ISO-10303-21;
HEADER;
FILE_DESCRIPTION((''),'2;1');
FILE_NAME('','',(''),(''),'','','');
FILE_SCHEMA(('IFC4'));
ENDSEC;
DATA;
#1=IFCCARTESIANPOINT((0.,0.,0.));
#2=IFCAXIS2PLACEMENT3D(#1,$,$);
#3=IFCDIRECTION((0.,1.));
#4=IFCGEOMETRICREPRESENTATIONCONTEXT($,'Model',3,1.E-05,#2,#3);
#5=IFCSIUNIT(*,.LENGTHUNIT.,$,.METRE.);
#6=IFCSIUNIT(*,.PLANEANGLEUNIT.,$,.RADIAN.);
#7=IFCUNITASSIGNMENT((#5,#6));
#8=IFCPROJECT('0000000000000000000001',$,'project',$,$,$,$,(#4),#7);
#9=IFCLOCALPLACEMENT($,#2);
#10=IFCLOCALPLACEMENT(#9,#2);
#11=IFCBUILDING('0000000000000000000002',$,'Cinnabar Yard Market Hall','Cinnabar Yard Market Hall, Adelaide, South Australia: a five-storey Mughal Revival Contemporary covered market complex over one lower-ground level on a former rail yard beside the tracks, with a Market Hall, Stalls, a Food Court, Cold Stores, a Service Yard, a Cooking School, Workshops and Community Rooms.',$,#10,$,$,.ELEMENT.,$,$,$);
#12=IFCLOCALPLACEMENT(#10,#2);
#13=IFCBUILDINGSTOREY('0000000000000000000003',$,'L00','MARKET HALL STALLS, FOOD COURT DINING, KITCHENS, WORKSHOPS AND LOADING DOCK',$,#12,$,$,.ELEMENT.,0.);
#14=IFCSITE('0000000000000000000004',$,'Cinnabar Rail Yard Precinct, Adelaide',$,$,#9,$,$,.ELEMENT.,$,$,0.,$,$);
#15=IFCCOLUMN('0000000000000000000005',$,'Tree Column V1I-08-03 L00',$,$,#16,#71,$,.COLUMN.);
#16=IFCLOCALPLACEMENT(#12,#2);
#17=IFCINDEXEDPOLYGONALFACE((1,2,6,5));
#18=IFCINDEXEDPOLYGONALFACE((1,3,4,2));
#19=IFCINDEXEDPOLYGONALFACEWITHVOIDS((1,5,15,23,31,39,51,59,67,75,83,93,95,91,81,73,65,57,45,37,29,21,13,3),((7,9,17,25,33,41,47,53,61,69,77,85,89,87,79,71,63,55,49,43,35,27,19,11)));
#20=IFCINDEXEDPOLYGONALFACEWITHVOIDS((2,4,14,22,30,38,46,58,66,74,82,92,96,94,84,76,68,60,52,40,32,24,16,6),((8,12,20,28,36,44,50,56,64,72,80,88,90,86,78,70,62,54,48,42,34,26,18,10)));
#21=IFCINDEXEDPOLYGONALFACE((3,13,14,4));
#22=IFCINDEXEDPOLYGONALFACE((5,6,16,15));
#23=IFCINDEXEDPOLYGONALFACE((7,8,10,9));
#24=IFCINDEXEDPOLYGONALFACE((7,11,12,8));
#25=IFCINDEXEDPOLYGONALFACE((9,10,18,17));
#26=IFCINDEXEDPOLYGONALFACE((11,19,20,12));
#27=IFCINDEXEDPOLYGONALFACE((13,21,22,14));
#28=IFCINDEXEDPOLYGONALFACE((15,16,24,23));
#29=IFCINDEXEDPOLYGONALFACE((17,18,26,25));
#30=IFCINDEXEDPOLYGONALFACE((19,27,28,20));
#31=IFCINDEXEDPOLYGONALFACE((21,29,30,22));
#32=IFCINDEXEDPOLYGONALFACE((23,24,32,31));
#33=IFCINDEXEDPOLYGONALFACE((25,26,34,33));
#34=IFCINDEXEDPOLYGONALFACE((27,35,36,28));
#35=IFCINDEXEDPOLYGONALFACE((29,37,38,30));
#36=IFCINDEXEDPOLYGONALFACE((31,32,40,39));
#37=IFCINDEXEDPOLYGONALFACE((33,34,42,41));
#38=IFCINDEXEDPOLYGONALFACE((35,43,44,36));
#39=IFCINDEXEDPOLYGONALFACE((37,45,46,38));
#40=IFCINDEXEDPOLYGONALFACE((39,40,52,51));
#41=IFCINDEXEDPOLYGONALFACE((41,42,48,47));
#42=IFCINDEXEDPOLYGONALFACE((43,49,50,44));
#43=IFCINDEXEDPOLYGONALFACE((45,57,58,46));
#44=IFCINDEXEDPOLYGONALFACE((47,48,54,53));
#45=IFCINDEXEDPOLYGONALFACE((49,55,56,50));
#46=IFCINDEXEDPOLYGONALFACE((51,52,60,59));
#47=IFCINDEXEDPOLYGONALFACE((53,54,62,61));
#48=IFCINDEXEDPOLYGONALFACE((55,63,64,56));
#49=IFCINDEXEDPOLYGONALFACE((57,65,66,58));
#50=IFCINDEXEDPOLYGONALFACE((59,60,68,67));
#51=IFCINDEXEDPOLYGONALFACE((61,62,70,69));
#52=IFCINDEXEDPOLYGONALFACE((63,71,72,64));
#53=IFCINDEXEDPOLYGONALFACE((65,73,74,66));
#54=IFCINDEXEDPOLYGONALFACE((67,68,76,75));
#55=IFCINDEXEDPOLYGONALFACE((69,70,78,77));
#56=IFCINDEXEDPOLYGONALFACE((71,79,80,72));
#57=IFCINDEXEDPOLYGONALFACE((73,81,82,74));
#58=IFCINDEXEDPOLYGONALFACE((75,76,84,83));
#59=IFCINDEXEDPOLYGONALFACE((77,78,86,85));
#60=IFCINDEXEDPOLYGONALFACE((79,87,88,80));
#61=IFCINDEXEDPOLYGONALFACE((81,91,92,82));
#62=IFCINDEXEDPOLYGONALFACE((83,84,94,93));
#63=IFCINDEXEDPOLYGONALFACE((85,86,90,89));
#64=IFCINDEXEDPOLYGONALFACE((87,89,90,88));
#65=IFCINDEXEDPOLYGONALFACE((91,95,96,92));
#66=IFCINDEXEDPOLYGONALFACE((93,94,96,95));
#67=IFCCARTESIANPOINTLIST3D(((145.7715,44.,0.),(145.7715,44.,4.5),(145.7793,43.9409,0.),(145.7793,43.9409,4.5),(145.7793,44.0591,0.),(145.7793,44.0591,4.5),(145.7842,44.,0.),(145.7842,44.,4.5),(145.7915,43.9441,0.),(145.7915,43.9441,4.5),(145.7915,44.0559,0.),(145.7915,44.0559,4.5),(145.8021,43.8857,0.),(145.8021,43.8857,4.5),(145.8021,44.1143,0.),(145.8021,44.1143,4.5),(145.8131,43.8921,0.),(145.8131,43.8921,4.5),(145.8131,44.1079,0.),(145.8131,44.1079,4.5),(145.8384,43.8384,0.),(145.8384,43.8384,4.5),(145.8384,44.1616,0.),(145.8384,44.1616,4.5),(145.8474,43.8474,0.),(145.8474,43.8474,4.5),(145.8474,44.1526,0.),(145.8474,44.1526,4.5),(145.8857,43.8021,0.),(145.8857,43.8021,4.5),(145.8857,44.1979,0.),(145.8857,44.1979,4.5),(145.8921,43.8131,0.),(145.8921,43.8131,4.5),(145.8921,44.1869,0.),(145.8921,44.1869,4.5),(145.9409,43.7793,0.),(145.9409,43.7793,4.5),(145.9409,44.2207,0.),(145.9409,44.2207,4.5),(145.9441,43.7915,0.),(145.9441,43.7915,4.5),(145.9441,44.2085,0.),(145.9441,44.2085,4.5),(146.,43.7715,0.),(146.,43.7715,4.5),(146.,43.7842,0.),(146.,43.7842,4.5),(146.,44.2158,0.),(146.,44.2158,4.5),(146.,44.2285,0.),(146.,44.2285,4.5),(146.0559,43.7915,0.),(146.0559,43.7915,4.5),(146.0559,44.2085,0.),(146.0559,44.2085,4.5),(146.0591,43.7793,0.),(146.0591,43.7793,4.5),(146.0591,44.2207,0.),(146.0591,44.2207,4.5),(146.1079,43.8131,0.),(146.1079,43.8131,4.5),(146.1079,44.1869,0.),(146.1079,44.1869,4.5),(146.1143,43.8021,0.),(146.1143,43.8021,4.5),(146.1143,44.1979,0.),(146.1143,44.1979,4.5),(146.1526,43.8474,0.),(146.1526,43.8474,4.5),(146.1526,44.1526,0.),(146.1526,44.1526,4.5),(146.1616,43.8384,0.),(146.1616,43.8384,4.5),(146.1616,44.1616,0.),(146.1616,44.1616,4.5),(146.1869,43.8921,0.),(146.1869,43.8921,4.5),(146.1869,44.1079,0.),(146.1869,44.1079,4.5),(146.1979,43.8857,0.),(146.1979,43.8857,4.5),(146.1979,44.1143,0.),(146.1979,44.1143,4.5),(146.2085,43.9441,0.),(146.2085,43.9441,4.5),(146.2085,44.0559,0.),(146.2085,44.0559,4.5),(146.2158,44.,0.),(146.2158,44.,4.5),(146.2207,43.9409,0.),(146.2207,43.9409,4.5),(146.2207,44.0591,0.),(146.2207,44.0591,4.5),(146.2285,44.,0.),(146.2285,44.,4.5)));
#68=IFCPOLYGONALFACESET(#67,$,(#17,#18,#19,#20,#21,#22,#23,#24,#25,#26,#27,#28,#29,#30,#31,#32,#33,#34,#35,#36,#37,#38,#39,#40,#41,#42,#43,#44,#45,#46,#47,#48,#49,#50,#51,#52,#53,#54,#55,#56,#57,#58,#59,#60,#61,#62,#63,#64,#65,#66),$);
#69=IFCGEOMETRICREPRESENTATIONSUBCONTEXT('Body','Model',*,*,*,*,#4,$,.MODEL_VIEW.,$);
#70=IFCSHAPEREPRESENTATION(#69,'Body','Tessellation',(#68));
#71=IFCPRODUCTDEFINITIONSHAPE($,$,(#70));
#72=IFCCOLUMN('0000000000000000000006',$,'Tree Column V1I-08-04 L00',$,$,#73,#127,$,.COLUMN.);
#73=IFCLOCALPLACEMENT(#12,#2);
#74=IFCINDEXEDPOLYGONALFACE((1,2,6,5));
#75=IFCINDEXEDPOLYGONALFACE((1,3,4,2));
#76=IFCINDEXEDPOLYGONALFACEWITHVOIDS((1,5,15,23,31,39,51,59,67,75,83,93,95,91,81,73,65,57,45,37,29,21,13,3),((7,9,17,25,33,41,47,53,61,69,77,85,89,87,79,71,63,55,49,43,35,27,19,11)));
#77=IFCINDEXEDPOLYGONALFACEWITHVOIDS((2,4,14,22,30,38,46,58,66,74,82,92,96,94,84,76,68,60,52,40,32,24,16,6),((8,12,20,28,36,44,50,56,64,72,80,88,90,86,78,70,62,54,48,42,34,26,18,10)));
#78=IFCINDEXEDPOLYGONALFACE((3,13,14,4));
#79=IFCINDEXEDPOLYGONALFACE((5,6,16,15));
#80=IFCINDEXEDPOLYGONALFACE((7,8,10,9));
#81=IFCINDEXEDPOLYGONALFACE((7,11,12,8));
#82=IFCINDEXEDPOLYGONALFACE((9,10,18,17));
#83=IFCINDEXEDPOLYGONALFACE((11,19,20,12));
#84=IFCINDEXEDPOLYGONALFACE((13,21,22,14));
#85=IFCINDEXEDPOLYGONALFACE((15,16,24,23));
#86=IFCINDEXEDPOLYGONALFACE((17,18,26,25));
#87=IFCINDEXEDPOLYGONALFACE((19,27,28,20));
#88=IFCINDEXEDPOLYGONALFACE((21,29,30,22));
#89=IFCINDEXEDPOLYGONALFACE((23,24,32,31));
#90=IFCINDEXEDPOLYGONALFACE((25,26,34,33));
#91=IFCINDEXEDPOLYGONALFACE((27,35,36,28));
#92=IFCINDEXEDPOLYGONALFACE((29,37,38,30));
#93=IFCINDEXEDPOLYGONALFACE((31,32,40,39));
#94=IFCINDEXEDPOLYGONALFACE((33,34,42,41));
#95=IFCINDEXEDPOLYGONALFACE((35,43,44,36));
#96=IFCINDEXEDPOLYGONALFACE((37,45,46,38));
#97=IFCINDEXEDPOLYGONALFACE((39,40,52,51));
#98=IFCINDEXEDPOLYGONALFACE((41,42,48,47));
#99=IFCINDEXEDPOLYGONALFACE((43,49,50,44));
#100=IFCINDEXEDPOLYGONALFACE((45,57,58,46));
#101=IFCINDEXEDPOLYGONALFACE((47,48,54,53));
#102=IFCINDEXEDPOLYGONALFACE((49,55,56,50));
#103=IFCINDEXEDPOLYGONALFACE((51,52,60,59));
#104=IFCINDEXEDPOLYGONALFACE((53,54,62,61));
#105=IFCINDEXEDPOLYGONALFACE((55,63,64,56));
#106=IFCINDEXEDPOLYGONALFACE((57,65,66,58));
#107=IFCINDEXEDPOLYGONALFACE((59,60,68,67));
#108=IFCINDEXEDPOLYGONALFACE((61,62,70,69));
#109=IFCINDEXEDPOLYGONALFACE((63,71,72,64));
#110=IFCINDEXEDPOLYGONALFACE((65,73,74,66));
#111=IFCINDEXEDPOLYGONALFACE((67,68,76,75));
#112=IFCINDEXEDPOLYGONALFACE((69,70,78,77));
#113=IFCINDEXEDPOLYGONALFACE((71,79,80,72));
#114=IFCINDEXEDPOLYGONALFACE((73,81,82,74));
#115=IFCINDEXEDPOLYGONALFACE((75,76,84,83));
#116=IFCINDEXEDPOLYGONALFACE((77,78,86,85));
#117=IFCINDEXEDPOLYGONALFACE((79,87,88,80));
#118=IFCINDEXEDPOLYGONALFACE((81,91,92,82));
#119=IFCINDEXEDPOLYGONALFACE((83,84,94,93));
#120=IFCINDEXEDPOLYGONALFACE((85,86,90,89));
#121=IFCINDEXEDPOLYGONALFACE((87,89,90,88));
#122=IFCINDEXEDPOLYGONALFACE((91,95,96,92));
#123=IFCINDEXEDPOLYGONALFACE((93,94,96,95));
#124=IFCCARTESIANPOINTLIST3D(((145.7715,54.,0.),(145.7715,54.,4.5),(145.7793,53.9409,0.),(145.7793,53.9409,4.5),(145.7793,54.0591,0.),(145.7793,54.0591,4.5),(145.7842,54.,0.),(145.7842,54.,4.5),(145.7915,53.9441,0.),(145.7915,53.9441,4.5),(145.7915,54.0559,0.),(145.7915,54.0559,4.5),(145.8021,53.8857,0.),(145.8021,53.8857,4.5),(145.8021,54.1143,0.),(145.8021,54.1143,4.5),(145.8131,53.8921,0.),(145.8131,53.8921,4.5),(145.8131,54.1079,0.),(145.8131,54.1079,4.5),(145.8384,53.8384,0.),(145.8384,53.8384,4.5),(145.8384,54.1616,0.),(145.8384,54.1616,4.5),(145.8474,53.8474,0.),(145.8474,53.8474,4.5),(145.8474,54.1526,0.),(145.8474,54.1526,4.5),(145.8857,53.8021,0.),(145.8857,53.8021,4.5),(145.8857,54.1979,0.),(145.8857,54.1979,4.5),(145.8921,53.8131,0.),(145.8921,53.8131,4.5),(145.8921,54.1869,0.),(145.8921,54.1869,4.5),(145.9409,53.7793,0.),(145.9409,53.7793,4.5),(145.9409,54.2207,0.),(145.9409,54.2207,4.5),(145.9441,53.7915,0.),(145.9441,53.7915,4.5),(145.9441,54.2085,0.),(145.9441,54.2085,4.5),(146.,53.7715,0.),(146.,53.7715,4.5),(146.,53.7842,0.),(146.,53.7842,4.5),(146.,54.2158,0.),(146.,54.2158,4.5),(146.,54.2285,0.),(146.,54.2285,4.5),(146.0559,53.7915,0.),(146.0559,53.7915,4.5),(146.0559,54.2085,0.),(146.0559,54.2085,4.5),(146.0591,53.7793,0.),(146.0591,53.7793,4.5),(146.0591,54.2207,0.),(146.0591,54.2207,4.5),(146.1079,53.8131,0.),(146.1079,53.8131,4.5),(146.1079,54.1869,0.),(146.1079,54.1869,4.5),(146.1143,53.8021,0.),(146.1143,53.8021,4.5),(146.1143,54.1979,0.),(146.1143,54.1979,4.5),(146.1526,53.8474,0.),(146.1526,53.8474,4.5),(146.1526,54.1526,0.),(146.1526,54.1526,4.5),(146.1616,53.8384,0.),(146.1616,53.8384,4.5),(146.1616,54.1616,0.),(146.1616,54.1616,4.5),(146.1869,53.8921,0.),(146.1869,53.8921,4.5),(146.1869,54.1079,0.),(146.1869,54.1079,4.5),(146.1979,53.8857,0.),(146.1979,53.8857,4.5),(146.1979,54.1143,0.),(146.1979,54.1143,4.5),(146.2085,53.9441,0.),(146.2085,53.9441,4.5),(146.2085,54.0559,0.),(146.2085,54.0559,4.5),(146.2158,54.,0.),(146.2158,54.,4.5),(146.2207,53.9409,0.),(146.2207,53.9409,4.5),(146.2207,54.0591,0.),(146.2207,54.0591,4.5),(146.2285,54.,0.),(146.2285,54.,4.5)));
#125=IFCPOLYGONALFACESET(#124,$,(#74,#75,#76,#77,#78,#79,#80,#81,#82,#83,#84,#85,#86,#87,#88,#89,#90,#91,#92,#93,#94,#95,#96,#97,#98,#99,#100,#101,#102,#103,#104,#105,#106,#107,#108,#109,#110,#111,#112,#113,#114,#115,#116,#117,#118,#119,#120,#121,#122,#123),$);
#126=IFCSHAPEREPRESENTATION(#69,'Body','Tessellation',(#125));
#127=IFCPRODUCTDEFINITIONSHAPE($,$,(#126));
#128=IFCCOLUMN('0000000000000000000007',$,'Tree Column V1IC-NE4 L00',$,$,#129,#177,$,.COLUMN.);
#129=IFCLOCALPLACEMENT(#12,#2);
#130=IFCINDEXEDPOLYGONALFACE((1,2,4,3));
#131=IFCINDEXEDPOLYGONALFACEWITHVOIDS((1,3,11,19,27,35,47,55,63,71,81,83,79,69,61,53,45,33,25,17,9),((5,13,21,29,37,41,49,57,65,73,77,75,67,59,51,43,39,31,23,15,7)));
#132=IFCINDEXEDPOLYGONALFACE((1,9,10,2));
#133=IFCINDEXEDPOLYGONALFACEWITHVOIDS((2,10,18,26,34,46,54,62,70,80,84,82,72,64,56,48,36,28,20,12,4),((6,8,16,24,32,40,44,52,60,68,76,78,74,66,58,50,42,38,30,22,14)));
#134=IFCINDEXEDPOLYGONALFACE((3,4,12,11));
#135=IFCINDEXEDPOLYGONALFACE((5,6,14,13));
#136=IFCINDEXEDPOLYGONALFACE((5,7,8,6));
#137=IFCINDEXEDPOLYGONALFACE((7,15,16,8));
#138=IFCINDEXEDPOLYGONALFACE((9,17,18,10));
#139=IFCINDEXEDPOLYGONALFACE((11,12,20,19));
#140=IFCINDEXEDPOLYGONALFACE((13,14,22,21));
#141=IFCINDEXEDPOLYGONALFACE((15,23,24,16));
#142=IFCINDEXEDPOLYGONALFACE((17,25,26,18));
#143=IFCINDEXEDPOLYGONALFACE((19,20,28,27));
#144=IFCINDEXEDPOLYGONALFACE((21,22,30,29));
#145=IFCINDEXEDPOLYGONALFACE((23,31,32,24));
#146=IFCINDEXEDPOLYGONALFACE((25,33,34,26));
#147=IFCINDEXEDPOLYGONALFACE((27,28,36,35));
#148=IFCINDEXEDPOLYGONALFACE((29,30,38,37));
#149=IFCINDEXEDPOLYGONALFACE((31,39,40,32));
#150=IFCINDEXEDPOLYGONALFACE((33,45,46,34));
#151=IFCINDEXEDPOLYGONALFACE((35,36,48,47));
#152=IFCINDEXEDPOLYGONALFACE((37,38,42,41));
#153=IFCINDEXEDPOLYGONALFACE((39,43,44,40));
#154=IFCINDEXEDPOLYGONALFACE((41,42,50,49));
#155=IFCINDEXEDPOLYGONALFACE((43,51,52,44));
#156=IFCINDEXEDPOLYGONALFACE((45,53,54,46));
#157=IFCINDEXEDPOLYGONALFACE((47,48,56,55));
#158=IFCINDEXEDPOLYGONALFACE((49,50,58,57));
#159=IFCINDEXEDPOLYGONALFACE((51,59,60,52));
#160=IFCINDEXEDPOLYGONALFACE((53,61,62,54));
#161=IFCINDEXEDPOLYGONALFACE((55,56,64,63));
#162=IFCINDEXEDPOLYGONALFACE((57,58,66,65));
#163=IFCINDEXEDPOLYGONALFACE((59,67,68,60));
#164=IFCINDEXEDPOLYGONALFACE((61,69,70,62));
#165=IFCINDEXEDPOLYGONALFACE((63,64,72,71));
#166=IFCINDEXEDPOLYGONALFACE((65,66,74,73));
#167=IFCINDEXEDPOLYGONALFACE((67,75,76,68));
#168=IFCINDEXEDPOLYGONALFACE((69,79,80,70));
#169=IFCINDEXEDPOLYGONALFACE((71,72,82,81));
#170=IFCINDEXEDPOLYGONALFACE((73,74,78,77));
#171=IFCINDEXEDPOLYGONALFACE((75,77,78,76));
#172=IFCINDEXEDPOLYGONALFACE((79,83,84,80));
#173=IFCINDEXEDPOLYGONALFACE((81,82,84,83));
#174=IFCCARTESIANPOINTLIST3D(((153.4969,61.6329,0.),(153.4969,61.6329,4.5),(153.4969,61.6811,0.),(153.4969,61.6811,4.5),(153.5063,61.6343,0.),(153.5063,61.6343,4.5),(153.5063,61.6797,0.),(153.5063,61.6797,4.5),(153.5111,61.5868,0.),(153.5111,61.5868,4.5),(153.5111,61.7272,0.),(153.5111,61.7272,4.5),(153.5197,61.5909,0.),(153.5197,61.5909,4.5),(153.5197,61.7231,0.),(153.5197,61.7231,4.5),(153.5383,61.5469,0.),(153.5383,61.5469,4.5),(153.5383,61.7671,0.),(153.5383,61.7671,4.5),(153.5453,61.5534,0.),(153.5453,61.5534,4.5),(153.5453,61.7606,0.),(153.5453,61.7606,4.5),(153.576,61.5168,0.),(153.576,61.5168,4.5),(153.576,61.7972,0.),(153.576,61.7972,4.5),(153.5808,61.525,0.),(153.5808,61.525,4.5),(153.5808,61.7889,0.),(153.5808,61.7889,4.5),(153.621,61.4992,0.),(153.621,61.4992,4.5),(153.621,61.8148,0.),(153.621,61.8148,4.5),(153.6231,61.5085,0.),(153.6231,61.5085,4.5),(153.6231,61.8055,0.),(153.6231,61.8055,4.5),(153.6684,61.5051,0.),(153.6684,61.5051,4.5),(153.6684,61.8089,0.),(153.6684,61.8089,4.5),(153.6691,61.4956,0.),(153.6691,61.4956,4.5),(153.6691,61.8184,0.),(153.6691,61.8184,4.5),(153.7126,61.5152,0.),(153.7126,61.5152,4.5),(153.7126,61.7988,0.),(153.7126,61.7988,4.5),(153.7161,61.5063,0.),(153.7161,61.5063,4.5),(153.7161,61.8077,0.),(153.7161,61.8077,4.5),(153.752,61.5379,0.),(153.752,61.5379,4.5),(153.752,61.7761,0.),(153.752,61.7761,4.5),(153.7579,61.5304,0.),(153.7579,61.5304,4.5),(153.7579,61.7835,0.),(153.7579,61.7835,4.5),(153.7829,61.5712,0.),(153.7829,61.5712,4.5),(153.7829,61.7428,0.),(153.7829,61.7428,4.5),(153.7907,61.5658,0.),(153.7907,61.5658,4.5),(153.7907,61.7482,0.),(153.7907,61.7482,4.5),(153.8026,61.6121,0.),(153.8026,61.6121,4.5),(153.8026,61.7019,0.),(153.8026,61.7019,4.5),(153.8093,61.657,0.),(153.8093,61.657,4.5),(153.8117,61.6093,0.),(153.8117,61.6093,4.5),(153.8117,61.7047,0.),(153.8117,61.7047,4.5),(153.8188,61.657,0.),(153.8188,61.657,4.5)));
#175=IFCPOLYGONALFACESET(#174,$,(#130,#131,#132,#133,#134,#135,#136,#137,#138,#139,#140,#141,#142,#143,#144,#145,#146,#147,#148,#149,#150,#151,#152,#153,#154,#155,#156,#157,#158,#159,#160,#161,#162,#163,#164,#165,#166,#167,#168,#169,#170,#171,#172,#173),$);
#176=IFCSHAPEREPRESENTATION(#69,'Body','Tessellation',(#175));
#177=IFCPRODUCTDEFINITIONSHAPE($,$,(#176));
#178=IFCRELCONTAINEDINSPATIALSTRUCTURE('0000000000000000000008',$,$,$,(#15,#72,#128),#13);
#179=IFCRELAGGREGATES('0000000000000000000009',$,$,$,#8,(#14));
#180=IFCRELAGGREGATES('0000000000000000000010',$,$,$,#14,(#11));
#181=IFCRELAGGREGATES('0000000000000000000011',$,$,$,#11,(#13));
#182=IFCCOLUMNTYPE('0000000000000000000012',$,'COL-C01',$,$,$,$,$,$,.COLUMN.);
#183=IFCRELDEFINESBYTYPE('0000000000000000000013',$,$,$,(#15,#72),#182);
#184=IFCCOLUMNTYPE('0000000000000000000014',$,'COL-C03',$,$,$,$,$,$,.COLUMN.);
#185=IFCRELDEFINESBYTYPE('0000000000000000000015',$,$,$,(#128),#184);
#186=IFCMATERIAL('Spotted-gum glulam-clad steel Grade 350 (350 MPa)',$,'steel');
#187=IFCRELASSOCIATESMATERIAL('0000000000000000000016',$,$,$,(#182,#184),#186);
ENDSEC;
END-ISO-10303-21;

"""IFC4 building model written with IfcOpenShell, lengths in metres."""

from ifc_helpers import new_model, si_unit, direction, frame, origin, origin_2d_with_axis, place, context, subcontext, project, spatial, hollow_circle, extrude, material, material_profile, profile_set, type_object, element, save


model = new_model("IFC4")

# Units and contexts
model_context = context("Model", 3, precision=1e-05, world=origin(), true_north=direction((0.0, 1.0)))
body_context = subcontext(model_context, "Body", "Model", "MODEL_VIEW")
ifc_project = project(units=[si_unit("LENGTHUNIT", "METRE"), si_unit("PLANEANGLEUNIT", "RADIAN")], contexts=[model_context])

# Site, building, storey
site_placement = place(None, origin())
site = spatial("IfcSite", under=ifc_project, at=site_placement, Name="Cinnabar Rail Yard Precinct, Adelaide", CompositionType="ELEMENT", RefElevation=0.0)
building_placement = place(site_placement, origin())
building = spatial("IfcBuilding", under=site, at=building_placement, Name="Cinnabar Yard Market Hall", Description="Cinnabar Yard Market Hall, Adelaide, South Australia: a five-storey Mughal Revival Contemporary covered market complex over one lower-ground level on a former rail yard beside the tracks, with a Market Hall, Stalls, a Food Court, Cold Stores, a Service Yard, a Cooking School, Workshops and Community Rooms.", CompositionType="ELEMENT")
storey_placement = place(building_placement, origin())
storey = spatial("IfcBuildingStorey", under=building, at=storey_placement, Name="L00", Description="MARKET HALL STALLS, FOOD COURT DINING, KITCHENS, WORKSHOPS AND LOADING DOCK", CompositionType="ELEMENT", Elevation=0.0)

# Columns
ifc_material_1 = material(Name="Spotted-gum glulam-clad steel Grade 350 (350 MPa)", Category="steel")
ifc_material_profile_1 = material_profile(ifc_material_1, hollow_circle(Radius=0.2285, WallThickness=0.0127, at=origin_2d_with_axis()), Name="457.0x12.7CHS")
ifc_profile_set_1 = profile_set([ifc_material_profile_1], Name="Spotted-gum glulam-clad steel Grade 350 (350 MPa)")
column_type_1 = type_object("IfcColumnType", Name="COL-C01", PredefinedType="COLUMN", material=ifc_profile_set_1)
for number, where, z_axis, x_axis, name in (
    (1, (146.0, 44.0, 0.0), (0.0, 0.0, 1.0), (1.0, 0.0, 0.0), "Tree Column V1I-08-03 L00"),
    (2, (146.0, 54.0, 0.0), (0.0, 0.0, 1.0), (1.0, 0.0, 0.0), "Tree Column V1I-08-04 L00"),
):
    element("IfcColumn", number, at=place(storey_placement, frame(where, z_axis=z_axis, x_axis=x_axis)), inside=storey, type_object=column_type_1, Name=name, PredefinedType="COLUMN", context=body_context, shape_type="SweptSolid", body=[
        extrude(hollow_circle(Radius=0.2285, WallThickness=0.0127, at=origin_2d_with_axis()), origin(), (0.0, 0.0, 1.0), 4.5),
    ])
ifc_material_profile_2 = material_profile(ifc_material_1, hollow_circle(Radius=0.1619, WallThickness=0.0095, at=origin_2d_with_axis()), Name="323.9x9.5CHS")
ifc_profile_set_2 = profile_set([ifc_material_profile_2], Name="Spotted-gum glulam-clad steel Grade 350 (350 MPa)")
column_type_2 = type_object("IfcColumnType", Name="COL-C03", PredefinedType="COLUMN", material=ifc_profile_set_2)
column_placement = place(storey_placement, frame((153.657, 61.657, 0.0), z_axis=(0.0, 0.0, 1.0), x_axis=(1.0, 0.0, 0.0)))
element("IfcColumn", 3, at=column_placement, inside=storey, type_object=column_type_2, Name="Tree Column V1IC-NE4 L00", PredefinedType="COLUMN", context=body_context, shape_type="SweptSolid", body=[
    extrude(hollow_circle(Radius=0.1619, WallThickness=0.0095, at=origin_2d_with_axis()), origin(), (0.0, 0.0, 1.0), 4.5),
])

save(model, "model.ifc")
